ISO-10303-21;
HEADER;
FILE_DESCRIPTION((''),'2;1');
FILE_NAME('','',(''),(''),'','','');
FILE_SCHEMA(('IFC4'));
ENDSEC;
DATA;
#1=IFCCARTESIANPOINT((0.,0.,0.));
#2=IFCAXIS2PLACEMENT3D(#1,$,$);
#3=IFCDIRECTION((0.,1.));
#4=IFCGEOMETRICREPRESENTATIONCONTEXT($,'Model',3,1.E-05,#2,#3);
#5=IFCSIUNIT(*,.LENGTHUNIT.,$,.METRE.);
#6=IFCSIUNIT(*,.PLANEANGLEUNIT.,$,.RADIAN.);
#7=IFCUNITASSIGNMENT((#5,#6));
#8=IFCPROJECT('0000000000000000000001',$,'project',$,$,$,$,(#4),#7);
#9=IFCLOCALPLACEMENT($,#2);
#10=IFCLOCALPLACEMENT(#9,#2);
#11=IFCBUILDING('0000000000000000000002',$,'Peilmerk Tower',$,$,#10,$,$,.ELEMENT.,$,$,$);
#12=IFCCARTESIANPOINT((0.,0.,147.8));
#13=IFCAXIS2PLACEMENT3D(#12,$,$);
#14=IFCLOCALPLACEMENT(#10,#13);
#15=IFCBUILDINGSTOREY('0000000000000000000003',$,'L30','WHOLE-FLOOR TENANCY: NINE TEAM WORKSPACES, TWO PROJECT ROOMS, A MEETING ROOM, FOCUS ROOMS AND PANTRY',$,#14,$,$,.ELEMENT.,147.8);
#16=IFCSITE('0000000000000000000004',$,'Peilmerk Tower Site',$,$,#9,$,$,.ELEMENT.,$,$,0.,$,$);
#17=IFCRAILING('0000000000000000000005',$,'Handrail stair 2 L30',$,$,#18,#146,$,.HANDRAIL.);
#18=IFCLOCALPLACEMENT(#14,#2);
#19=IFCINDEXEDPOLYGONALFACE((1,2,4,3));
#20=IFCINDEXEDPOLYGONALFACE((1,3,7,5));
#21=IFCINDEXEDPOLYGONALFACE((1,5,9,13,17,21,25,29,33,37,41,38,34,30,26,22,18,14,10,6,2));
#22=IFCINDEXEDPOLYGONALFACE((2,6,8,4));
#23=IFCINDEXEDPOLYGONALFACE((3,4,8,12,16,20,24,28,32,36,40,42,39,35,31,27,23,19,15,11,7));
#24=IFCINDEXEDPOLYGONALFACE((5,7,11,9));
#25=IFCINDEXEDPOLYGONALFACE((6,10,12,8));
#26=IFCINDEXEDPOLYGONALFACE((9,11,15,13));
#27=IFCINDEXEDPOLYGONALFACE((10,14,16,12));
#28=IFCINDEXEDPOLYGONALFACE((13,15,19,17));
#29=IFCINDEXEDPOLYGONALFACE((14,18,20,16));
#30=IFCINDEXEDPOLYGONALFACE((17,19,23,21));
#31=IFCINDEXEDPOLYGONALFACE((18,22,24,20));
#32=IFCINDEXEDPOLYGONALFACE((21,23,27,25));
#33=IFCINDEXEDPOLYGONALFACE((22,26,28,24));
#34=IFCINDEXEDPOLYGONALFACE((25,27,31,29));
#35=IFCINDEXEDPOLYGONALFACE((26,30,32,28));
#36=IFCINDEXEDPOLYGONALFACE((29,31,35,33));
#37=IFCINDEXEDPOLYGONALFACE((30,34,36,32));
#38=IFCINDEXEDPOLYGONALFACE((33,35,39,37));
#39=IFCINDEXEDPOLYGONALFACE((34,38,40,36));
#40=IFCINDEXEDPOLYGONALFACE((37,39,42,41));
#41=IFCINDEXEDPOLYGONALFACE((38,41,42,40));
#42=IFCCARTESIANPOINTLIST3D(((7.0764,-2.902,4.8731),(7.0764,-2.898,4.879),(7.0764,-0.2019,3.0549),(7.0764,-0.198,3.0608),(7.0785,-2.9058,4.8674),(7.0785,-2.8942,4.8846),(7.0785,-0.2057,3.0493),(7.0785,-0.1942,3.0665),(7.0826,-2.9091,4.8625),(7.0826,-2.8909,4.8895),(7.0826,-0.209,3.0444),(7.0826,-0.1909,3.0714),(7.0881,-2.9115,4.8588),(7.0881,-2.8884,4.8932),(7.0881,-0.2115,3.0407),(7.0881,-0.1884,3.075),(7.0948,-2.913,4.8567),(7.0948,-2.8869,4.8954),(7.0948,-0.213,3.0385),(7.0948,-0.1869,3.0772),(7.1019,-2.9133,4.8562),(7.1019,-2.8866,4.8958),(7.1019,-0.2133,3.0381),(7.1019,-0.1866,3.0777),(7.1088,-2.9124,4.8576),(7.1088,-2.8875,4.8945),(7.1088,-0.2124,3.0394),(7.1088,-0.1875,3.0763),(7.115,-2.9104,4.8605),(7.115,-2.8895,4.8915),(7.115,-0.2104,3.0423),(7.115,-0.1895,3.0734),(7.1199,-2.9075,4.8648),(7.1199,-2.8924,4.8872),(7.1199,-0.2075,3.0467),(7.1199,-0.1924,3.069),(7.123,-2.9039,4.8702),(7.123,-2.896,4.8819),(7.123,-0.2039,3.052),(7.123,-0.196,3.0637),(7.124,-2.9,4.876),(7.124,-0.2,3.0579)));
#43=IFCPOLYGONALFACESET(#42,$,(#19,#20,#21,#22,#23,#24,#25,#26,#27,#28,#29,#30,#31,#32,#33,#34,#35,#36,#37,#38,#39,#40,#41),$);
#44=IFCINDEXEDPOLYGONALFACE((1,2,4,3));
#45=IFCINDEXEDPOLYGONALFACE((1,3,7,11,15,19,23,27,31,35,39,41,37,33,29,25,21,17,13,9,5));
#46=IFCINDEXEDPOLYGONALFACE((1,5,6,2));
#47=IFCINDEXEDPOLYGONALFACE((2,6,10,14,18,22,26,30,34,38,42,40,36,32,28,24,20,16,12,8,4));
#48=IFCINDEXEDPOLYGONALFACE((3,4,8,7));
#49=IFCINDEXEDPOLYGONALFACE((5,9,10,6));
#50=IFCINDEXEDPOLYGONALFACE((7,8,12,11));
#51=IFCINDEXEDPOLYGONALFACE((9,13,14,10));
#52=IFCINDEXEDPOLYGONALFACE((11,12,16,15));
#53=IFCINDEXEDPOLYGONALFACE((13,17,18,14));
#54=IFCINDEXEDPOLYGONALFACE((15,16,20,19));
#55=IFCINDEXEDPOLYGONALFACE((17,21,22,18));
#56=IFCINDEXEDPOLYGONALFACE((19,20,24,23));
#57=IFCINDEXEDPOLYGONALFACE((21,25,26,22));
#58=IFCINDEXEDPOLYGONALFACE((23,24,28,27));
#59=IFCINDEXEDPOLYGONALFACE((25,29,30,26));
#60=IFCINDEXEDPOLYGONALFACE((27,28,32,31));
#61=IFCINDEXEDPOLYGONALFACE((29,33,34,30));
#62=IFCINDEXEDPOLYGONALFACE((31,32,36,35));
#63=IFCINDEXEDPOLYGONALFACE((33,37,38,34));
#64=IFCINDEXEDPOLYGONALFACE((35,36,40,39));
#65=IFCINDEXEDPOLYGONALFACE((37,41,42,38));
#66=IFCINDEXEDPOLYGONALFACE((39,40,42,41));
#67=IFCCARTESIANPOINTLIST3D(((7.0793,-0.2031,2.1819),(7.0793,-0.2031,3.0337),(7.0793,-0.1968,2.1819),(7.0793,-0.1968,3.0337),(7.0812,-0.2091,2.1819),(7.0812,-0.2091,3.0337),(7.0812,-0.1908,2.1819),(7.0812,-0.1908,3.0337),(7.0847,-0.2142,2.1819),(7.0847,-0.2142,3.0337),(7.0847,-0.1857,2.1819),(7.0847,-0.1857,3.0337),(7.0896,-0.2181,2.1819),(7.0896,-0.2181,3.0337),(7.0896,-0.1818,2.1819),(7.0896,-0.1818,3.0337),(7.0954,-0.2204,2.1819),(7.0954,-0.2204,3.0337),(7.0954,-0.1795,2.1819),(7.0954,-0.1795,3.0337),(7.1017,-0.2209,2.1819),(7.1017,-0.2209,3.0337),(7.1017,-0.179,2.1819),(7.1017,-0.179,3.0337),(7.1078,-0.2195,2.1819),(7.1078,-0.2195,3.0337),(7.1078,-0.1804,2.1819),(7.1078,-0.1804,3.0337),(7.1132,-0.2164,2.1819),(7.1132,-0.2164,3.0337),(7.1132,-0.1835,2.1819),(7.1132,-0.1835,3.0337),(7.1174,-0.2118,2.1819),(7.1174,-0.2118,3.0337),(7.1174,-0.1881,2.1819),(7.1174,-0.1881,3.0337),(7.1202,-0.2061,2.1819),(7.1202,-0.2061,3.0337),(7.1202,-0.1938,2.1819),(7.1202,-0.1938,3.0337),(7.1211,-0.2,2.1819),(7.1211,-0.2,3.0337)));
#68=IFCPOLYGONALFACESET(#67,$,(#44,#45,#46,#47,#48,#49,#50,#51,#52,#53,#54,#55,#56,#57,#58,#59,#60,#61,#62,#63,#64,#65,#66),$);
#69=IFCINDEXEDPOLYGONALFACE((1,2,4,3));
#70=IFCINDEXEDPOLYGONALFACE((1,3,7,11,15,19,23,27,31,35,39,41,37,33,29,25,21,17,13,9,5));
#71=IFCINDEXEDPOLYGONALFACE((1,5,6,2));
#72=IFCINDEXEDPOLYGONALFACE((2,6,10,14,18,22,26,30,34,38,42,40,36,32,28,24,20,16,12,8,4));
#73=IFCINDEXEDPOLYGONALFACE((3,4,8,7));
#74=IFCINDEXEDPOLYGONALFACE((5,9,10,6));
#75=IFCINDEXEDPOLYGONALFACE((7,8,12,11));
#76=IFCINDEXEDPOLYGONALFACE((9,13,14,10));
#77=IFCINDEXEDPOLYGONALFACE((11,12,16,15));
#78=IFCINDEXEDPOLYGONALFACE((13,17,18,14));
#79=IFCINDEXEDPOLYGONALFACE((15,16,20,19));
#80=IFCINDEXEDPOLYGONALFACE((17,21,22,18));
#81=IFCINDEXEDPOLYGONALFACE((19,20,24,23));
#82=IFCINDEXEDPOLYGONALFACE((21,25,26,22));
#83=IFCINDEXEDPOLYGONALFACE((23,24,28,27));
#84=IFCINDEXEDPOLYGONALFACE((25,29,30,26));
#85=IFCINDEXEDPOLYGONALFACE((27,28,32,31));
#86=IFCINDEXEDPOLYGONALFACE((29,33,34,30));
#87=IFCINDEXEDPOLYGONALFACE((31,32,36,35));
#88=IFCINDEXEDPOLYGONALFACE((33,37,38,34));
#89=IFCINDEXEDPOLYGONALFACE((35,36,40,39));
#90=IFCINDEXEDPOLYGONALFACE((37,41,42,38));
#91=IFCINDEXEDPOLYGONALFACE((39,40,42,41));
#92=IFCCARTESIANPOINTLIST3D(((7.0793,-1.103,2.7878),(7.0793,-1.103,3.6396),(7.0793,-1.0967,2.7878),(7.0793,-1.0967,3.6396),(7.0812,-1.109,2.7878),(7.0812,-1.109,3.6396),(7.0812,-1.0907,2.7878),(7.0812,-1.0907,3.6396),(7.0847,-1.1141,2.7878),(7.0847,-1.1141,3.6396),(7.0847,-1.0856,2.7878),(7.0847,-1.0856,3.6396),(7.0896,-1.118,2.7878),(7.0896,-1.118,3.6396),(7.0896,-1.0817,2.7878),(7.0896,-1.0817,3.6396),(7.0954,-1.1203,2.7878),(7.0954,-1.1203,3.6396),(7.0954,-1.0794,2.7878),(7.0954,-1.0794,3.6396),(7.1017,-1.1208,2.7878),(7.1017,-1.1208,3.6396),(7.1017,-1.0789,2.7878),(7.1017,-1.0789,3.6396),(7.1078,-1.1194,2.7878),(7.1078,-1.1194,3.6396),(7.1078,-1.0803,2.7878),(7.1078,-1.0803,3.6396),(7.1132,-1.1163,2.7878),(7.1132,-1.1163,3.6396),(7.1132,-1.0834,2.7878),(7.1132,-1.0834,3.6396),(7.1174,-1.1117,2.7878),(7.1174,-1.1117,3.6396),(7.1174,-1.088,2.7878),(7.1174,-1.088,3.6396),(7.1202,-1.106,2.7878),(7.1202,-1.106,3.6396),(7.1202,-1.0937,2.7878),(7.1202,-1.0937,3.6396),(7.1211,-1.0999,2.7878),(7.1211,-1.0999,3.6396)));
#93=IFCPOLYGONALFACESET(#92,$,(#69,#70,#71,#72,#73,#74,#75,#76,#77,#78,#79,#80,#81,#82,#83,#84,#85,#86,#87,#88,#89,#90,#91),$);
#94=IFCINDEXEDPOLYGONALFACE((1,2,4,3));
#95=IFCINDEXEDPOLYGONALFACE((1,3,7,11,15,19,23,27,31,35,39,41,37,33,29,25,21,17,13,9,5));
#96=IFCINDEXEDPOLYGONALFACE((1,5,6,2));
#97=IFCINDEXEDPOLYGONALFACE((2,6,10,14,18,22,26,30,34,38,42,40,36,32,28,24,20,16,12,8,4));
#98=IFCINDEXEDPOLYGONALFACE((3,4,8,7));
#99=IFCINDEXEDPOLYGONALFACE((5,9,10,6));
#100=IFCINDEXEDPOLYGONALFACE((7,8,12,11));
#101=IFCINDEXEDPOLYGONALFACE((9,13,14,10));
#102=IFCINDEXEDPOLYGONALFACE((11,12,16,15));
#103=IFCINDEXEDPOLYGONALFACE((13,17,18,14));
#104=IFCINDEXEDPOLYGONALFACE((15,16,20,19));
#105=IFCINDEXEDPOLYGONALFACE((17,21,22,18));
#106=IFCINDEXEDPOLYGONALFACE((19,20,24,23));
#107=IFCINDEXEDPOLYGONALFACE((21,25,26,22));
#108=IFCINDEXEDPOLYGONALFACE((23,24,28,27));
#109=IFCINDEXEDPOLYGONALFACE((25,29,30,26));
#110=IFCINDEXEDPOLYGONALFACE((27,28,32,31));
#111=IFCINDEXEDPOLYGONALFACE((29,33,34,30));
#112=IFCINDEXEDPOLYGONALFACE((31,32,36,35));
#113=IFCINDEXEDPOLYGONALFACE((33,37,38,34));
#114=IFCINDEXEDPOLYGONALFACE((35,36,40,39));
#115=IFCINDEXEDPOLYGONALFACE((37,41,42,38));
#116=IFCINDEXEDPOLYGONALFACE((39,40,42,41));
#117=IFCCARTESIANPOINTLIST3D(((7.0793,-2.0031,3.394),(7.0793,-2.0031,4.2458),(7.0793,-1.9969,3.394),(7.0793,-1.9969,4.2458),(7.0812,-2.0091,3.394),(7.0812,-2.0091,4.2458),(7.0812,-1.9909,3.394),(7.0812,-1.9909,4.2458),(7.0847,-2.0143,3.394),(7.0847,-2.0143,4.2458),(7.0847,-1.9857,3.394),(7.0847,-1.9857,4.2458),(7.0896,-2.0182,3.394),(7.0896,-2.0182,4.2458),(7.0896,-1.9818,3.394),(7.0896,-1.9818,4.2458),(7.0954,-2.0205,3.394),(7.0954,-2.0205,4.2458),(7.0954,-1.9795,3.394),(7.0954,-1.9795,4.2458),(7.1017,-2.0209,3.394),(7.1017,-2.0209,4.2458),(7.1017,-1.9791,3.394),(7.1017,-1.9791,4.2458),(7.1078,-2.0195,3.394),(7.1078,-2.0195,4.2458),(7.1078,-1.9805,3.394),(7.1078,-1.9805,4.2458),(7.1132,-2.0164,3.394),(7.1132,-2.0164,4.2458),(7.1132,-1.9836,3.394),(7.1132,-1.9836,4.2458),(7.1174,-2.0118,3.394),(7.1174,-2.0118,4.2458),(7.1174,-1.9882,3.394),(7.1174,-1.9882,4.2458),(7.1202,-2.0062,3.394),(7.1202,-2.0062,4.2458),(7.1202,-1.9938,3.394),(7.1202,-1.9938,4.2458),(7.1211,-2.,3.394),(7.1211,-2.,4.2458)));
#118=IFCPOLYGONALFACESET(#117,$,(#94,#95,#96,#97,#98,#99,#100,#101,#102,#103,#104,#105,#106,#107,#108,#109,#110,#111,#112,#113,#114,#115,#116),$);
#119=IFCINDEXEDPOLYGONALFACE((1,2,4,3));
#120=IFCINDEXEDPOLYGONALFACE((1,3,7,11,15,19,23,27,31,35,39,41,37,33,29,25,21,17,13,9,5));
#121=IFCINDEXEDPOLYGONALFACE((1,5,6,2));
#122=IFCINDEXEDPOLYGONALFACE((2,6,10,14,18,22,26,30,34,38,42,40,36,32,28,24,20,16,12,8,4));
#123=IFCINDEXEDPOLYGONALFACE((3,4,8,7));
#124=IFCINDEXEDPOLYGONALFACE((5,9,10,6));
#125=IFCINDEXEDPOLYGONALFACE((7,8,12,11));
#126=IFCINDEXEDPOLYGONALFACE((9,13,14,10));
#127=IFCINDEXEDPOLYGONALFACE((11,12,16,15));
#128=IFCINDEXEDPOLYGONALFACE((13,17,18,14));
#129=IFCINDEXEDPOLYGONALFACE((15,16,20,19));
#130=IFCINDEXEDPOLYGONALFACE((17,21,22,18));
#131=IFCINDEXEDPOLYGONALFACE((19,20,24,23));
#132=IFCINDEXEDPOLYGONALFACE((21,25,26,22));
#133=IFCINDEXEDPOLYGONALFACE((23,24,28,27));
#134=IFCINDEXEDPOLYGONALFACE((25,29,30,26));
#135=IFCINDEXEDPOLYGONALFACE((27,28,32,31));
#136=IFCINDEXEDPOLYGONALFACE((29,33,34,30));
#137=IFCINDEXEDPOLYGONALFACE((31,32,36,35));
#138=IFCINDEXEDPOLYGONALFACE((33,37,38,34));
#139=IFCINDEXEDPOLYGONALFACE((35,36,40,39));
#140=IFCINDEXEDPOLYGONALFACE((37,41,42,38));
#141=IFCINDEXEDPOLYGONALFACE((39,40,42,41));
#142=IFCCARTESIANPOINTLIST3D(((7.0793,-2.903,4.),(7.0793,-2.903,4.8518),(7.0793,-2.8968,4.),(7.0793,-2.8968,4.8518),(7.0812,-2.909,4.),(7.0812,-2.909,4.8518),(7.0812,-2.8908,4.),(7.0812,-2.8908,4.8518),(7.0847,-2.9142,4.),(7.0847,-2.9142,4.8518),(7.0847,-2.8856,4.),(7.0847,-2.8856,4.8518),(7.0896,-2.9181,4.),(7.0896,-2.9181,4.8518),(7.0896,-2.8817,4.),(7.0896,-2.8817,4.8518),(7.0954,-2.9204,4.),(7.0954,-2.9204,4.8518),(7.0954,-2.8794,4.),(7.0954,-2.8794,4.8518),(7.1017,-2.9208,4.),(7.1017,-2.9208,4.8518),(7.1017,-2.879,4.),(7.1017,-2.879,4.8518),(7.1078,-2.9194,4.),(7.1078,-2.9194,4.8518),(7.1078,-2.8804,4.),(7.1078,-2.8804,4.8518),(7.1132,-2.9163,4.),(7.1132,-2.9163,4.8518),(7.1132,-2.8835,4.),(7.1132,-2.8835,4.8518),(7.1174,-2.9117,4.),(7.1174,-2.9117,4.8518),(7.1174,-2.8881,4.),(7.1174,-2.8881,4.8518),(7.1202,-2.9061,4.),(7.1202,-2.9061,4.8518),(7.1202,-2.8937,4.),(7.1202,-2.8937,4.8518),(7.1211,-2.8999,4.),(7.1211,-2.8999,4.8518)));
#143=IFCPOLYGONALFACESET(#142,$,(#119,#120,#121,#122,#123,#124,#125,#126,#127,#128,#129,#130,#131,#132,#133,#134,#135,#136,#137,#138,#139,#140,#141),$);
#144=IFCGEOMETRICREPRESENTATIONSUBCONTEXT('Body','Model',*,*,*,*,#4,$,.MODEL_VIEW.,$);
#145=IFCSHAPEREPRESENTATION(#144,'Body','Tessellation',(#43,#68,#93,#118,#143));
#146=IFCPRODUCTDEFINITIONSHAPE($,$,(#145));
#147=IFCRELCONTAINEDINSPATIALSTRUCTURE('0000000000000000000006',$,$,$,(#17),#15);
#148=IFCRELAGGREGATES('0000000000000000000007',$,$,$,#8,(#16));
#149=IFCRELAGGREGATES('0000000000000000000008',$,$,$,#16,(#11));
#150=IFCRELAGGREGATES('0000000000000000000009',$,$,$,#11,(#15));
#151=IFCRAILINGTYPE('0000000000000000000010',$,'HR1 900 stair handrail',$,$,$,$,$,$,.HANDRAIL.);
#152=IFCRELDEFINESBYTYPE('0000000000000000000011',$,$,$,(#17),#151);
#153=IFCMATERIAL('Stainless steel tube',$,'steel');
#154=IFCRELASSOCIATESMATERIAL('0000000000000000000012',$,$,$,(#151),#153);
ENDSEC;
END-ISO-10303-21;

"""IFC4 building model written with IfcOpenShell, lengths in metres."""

from ifc_helpers import new_model, si_unit, direction, frame, origin, origin_2d, place, context, subcontext, project, spatial, circle, extrude, material, type_object, element, save


model = new_model("IFC4")

# Units and contexts
model_context = context("Model", 3, precision=1e-05, world=origin(), true_north=direction((0.0, 1.0)))
body_context = subcontext(model_context, "Body", "Model", "MODEL_VIEW")
ifc_project = project(units=[si_unit("LENGTHUNIT", "METRE"), si_unit("PLANEANGLEUNIT", "RADIAN")], contexts=[model_context])

# Site, building, storey
site_placement = place(None, origin())
site = spatial("IfcSite", under=ifc_project, at=site_placement, Name="Peilmerk Tower Site", CompositionType="ELEMENT", RefElevation=0.0)
building_placement = place(site_placement, origin())
building = spatial("IfcBuilding", under=site, at=building_placement, Name="Peilmerk Tower", CompositionType="ELEMENT")
storey_placement = place(building_placement, frame((0.0, 0.0, 147.8)))
storey = spatial("IfcBuildingStorey", under=building, at=storey_placement, Name="L30", Description="WHOLE-FLOOR TENANCY: NINE TEAM WORKSPACES, TWO PROJECT ROOMS, A MEETING ROOM, FOCUS ROOMS AND PANTRY", CompositionType="ELEMENT", Elevation=147.8)

# Railing
ifc_material_1 = material(Name="Stainless steel tube", Category="steel")
railing_type_1 = type_object("IfcRailingType", Name="HR1 900 stair handrail", PredefinedType="HANDRAIL", material=ifc_material_1)
railing_1_placement = place(storey_placement, frame((7.1001, -0.2, 2.1819)))
element("IfcRailing", 1, at=railing_1_placement, inside=storey, type_object=railing_type_1, Name="Handrail stair 2 L30", PredefinedType="HANDRAIL", context=body_context, shape_type="SweptSolid", body=[
    extrude(circle(Radius=0.0239, at=origin_2d()), frame((0.0, 0.0, 0.876), z_axis=(0.0, -0.829468, 0.558554), x_axis=(1.0, 0.0, 0.0)), (0.0, 0.0, 1.0), 3.2551),
    extrude(circle(Radius=0.021, at=origin_2d()), origin(), (0.0, 0.0, 1.0), 0.8518),
    extrude(circle(Radius=0.021, at=origin_2d()), frame((0.0, -0.8999, 0.606)), (0.0, 0.0, 1.0), 0.8518),
    extrude(circle(Radius=0.021, at=origin_2d()), frame((0.0, -1.8, 1.2122)), (0.0, 0.0, 1.0), 0.8518),
    extrude(circle(Radius=0.021, at=origin_2d()), frame((0.0, -2.7, 1.8181)), (0.0, 0.0, 1.0), 0.8518),
])

save(model, "model.ifc")
